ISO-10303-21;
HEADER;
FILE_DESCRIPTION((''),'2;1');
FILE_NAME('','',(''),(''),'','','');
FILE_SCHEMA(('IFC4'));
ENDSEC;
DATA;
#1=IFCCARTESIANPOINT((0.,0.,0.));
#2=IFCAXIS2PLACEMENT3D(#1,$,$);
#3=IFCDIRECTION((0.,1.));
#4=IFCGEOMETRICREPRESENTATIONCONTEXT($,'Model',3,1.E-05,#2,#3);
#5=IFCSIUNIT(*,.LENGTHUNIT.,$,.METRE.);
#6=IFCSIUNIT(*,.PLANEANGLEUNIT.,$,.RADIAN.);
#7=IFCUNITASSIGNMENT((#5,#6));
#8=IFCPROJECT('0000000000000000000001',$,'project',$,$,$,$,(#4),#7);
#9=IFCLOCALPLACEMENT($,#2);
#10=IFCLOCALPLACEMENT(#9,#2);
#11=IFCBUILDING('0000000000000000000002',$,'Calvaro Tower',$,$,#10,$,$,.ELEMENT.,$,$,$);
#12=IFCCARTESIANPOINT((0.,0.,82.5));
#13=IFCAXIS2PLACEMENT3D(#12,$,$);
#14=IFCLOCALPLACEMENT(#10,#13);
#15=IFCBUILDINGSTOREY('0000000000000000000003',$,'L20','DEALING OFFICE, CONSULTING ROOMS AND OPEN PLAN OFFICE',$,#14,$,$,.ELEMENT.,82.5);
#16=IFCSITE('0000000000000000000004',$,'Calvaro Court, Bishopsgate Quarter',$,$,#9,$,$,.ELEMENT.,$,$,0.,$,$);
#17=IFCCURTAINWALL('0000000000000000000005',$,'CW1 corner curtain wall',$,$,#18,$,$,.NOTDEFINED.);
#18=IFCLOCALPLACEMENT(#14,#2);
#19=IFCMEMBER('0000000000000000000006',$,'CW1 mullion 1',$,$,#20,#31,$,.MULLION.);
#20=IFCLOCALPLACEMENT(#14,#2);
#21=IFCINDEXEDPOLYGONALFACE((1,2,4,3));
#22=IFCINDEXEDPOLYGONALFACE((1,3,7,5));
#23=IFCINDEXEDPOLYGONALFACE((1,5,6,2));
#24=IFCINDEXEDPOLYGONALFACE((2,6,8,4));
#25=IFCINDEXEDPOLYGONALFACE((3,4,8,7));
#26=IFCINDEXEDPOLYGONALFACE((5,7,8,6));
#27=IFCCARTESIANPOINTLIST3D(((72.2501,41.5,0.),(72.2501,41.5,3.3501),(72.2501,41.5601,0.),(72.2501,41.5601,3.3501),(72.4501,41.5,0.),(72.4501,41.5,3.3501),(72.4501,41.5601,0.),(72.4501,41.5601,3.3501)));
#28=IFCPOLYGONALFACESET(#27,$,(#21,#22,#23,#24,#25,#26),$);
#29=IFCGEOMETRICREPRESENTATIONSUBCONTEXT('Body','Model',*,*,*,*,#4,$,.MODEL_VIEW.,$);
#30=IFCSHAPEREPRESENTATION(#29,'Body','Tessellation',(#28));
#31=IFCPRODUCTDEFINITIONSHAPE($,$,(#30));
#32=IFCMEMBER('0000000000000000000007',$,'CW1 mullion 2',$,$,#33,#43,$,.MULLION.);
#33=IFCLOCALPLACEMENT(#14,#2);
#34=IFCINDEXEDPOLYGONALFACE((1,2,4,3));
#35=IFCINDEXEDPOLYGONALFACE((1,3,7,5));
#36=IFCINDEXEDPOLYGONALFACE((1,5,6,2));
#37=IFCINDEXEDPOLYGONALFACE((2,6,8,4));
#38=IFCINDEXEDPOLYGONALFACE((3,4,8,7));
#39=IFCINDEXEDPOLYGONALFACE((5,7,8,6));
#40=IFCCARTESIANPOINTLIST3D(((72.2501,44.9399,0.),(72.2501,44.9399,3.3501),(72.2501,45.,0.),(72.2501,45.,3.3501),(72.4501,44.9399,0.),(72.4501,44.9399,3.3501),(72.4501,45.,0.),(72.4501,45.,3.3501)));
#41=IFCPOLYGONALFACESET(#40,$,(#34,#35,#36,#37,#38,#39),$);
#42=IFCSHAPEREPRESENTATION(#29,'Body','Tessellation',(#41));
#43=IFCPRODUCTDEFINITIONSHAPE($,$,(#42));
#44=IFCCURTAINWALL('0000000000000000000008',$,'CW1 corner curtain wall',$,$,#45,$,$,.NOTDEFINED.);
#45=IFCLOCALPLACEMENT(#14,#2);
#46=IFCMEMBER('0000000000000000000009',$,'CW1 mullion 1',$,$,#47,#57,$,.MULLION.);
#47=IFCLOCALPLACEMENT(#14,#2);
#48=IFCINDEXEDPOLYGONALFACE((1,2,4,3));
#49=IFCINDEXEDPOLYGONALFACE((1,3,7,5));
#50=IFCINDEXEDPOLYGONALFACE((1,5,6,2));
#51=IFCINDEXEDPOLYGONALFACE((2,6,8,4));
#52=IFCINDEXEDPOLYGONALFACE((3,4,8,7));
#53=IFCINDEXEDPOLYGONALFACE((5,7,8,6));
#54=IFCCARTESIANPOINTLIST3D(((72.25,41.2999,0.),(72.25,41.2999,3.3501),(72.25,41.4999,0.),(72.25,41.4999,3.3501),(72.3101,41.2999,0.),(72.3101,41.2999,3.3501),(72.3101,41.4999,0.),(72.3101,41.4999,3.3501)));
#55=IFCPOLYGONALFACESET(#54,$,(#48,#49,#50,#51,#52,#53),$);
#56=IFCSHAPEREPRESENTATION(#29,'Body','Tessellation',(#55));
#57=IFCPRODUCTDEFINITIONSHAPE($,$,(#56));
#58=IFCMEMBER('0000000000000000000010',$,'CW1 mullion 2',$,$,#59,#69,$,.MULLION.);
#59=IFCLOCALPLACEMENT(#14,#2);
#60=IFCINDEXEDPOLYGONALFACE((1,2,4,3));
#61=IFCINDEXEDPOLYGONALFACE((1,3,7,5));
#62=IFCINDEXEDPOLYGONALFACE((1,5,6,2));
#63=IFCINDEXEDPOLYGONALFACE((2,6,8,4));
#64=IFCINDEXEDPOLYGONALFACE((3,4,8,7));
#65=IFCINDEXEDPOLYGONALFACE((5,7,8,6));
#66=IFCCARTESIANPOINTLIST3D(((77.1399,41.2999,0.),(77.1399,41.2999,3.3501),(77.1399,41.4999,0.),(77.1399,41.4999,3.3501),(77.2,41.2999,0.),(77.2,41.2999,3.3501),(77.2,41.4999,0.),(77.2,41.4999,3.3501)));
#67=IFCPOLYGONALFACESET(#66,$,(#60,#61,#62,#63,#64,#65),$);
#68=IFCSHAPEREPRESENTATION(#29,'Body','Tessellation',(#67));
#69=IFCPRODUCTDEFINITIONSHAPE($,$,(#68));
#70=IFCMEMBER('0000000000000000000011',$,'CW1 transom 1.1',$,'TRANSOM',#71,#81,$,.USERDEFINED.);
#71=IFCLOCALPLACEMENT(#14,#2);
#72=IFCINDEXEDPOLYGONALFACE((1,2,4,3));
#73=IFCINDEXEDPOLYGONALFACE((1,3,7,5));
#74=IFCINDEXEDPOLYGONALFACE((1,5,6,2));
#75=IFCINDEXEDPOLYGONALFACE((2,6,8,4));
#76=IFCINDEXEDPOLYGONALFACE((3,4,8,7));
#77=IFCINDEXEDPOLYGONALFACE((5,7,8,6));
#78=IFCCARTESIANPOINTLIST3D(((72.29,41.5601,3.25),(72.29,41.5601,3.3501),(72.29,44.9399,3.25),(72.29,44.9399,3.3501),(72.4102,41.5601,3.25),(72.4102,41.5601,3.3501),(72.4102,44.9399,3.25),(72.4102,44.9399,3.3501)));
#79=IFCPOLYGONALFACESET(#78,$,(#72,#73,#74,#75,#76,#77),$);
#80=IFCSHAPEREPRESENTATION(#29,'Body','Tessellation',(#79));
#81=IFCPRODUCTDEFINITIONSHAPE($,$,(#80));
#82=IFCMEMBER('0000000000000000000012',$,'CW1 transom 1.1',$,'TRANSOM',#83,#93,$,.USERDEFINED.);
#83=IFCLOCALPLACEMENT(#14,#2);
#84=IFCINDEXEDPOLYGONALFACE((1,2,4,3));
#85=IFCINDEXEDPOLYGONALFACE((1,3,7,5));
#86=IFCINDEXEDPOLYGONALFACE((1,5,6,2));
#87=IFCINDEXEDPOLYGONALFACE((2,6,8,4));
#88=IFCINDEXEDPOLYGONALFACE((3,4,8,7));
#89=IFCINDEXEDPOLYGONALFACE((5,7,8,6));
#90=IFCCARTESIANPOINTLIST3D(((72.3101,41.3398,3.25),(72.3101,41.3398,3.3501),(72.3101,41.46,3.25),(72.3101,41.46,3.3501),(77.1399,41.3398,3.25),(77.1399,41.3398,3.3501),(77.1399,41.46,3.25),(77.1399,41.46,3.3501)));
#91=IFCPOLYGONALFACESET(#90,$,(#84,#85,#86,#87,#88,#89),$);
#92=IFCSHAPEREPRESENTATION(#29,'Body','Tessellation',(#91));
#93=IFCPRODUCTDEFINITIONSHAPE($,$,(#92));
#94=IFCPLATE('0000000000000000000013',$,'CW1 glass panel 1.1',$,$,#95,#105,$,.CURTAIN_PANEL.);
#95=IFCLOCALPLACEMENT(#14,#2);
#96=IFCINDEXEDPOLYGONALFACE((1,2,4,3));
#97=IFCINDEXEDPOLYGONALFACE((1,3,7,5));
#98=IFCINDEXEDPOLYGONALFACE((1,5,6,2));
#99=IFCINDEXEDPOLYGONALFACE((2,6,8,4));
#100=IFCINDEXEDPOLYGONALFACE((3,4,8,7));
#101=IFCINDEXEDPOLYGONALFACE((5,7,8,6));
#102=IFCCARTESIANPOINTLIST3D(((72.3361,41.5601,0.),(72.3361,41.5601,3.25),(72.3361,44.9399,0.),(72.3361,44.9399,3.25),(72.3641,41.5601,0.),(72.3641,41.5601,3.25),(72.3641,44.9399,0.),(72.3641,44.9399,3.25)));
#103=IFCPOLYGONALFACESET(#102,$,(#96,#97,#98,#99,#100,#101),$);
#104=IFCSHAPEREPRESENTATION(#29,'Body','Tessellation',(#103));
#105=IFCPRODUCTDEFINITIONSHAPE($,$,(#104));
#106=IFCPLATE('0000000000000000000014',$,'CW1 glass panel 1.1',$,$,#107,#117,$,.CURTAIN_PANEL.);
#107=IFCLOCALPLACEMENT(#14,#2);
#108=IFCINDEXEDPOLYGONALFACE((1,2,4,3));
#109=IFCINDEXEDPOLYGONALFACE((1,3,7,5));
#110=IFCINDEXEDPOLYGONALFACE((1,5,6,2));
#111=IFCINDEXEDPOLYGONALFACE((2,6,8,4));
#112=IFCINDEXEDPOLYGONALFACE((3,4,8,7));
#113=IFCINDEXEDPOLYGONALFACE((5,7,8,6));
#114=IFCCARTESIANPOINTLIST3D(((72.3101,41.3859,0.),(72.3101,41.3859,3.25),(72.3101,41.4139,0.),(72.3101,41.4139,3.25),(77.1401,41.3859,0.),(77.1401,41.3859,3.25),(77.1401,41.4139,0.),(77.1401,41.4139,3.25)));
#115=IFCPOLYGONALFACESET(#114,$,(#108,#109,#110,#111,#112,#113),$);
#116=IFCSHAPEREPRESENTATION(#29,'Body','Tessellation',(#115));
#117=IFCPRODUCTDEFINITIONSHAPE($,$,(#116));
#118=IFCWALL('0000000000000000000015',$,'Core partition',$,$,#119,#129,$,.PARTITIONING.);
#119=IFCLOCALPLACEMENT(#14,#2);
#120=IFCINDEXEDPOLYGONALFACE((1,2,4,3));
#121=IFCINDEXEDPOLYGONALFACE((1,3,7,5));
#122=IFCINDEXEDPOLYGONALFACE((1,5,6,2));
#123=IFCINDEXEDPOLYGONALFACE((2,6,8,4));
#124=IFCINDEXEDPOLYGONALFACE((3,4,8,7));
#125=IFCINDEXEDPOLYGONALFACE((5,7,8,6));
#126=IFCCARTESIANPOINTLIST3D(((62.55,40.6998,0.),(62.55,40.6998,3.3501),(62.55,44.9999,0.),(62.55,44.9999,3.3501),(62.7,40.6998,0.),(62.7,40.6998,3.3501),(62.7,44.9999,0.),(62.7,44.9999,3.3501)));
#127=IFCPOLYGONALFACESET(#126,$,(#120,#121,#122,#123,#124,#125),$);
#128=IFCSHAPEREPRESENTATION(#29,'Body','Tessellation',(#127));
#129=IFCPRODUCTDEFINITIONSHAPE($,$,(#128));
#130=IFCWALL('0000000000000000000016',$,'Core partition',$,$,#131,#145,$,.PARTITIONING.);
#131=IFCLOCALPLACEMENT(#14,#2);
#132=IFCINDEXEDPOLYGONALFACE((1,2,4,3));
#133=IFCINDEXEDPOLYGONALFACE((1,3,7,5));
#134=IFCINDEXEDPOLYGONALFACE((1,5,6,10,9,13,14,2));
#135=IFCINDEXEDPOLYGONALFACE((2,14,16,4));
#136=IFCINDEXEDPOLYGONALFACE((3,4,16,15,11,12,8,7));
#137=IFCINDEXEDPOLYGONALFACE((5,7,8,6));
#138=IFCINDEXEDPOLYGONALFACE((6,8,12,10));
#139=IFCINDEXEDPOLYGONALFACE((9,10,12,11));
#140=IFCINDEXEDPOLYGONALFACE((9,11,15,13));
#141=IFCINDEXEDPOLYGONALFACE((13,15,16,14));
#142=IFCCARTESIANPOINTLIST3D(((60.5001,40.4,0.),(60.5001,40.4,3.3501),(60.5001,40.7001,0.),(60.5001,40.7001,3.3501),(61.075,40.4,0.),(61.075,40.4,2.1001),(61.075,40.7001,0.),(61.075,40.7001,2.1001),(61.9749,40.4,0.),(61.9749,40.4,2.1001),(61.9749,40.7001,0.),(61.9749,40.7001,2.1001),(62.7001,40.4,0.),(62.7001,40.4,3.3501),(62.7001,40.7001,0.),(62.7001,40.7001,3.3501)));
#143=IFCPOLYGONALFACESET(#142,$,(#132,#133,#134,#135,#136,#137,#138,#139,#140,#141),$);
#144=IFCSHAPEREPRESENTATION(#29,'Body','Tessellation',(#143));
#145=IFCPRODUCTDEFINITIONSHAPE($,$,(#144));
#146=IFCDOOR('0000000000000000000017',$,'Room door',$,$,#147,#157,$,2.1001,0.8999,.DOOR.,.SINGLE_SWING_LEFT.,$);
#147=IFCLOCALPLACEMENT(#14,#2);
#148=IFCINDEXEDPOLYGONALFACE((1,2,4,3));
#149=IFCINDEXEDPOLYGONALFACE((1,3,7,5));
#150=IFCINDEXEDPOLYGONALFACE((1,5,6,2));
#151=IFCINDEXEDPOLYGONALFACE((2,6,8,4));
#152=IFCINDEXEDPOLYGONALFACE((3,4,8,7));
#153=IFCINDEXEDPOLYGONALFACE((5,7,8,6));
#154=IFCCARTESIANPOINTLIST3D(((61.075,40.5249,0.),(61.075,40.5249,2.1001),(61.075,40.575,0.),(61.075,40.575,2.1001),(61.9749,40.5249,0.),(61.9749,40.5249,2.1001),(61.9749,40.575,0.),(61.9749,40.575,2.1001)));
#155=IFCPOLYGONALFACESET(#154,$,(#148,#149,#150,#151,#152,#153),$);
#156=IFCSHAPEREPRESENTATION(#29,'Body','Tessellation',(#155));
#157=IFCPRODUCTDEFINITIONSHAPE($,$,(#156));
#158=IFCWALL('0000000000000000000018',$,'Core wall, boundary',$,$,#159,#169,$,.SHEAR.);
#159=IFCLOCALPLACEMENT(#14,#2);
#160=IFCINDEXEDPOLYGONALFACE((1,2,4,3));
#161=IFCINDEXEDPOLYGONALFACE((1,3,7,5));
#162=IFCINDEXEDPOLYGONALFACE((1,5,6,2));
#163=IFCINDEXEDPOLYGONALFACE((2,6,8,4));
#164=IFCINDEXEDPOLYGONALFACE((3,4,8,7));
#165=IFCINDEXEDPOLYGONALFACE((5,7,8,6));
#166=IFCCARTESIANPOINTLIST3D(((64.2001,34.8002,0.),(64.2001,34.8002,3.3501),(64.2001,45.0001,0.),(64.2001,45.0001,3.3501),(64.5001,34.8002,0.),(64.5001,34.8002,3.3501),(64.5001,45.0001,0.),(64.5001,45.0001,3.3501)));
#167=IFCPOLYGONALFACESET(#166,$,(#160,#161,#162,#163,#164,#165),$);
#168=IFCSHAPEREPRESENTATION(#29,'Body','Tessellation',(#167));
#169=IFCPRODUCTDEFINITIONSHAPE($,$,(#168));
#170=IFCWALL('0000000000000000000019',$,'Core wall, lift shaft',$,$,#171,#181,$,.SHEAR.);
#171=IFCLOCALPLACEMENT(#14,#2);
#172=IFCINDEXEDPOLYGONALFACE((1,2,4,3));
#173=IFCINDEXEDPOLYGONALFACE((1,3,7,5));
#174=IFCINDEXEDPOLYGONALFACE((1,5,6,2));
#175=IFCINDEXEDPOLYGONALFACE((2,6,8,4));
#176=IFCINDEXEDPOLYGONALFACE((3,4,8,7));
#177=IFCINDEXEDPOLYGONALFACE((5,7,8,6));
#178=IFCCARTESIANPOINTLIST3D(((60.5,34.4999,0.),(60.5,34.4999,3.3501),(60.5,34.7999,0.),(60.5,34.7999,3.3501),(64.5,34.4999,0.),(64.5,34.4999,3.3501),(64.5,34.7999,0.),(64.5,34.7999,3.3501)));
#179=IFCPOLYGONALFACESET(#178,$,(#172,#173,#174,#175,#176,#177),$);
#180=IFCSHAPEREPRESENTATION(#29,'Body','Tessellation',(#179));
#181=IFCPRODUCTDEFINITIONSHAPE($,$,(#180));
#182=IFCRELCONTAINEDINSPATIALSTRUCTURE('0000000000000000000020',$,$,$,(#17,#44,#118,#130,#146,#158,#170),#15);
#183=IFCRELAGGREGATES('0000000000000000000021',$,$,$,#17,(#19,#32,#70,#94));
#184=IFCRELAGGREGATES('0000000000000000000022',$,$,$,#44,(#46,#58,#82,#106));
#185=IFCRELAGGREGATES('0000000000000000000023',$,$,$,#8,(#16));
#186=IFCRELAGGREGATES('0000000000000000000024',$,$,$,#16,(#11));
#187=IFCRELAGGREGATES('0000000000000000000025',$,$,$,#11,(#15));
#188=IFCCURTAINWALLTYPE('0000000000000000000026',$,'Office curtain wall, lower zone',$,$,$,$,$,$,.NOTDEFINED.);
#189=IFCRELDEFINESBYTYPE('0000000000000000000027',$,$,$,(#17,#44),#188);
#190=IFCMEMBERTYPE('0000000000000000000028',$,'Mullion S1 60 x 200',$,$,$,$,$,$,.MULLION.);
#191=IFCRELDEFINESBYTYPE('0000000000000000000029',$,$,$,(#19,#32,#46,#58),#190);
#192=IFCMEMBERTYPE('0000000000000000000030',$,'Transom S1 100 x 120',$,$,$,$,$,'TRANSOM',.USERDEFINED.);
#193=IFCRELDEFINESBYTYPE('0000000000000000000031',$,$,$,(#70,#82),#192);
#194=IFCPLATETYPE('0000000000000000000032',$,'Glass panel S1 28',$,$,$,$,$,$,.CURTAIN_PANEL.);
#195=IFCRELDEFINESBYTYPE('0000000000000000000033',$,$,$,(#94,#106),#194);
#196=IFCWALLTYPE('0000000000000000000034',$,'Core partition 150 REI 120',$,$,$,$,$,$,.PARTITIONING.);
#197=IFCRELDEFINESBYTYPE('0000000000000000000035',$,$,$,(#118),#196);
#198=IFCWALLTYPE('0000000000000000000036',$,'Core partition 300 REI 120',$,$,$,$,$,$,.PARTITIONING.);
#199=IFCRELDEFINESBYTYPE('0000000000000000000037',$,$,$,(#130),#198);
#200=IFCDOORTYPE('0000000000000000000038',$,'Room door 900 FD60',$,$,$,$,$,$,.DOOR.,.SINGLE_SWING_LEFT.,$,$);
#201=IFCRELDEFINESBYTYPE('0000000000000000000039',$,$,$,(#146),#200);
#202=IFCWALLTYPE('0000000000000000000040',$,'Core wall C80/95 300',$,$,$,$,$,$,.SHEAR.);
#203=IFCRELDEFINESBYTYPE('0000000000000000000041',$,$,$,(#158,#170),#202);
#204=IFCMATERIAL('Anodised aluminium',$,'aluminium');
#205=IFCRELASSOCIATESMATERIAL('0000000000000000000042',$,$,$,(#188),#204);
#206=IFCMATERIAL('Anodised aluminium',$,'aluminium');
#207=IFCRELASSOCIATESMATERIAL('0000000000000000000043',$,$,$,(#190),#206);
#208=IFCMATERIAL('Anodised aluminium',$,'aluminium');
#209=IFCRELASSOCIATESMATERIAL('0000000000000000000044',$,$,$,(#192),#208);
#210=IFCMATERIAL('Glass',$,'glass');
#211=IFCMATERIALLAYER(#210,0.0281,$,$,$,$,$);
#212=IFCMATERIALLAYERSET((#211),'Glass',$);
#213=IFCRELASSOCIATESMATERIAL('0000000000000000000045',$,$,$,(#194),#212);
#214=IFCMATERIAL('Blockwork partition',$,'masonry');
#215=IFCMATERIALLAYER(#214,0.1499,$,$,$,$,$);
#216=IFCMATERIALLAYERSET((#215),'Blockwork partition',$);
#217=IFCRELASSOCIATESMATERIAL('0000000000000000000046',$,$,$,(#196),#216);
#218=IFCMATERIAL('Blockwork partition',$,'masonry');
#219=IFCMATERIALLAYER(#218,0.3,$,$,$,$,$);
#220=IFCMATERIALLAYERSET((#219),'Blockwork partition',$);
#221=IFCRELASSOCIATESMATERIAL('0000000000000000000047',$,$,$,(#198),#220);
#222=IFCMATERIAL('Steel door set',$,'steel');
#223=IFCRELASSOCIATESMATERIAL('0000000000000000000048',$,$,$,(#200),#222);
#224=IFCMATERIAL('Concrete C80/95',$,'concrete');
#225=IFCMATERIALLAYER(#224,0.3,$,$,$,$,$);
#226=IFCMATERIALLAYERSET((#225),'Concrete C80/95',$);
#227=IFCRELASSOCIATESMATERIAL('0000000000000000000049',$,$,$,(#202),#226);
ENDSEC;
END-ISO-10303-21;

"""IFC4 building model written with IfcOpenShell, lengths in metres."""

from ifc_helpers import new_model, si_unit, direction, frame, frame_2d, origin, origin_2d, place, context, subcontext, project, spatial, rectangle, extrude, material, layer, layer_set, material_profile, profile_set, type_object, element, fill, aggregate, save


model = new_model("IFC4")

# Units and contexts
model_context = context("Model", 3, precision=1e-05, world=origin(), true_north=direction((0.0, 1.0)))
body_context = subcontext(model_context, "Body", "Model", "MODEL_VIEW")
ifc_project = project(units=[si_unit("LENGTHUNIT", "METRE"), si_unit("PLANEANGLEUNIT", "RADIAN")], contexts=[model_context])

# Site, building, storey
site_placement = place(None, origin())
site = spatial("IfcSite", under=ifc_project, at=site_placement, Name="Calvaro Court, Bishopsgate Quarter", CompositionType="ELEMENT", RefElevation=0.0)
building_placement = place(site_placement, origin())
building = spatial("IfcBuilding", under=site, at=building_placement, Name="Calvaro Tower", CompositionType="ELEMENT")
storey_placement = place(building_placement, frame((0.0, 0.0, 82.5)))
storey = spatial("IfcBuildingStorey", under=building, at=storey_placement, Name="L20", Description="DEALING OFFICE, CONSULTING ROOMS AND OPEN PLAN OFFICE", CompositionType="ELEMENT", Elevation=82.5)

# Curtain walls, members
ifc_material_1 = material(Name="Anodised aluminium", Category="aluminium")
curtain_wall_type = type_object("IfcCurtainWallType", Name="Office curtain wall, lower zone", PredefinedType="NOTDEFINED", material=ifc_material_1)
curtain_wall_1_placement = place(storey_placement, origin())
curtain_wall_1 = element("IfcCurtainWall", 1, at=curtain_wall_1_placement, inside=storey, type_object=curtain_wall_type, Name="CW1 corner curtain wall", PredefinedType="NOTDEFINED")
ifc_material_2 = material(Name="Anodised aluminium", Category="aluminium")
ifc_material_profile_1 = material_profile(ifc_material_2, rectangle(XDim=0.2, YDim=0.0601, at=origin_2d()), Name="Mullion S1 60 x 200")
ifc_profile_set_1 = profile_set([ifc_material_profile_1], Name="Anodised aluminium")
member_type_1 = type_object("IfcMemberType", Name="Mullion S1 60 x 200", PredefinedType="MULLION", material=ifc_profile_set_1)
member_1_placement = place(storey_placement, frame((72.3501, 41.53, 0.0), z_axis=(0.0, 0.0, 1.0), x_axis=(-1.0, 0.0, 0.0)))
member_1 = element("IfcMember", 2, at=member_1_placement, type_object=member_type_1, Name="CW1 mullion 1", PredefinedType="MULLION", context=body_context, shape_type="SweptSolid", body=[
    extrude(rectangle(XDim=0.2, YDim=0.0601, at=origin_2d()), origin(), (0.0, 0.0, 1.0), 3.3501),
])
member_2_placement = place(storey_placement, frame((72.3501, 44.97, 0.0), z_axis=(0.0, 0.0, 1.0), x_axis=(-1.0, 0.0, 0.0)))
member_2 = element("IfcMember", 3, at=member_2_placement, type_object=member_type_1, Name="CW1 mullion 2", PredefinedType="MULLION", context=body_context, shape_type="SweptSolid", body=[
    extrude(rectangle(XDim=0.2, YDim=0.0601, at=origin_2d()), origin(), (0.0, 0.0, 1.0), 3.3501),
])
curtain_wall_2_placement = place(storey_placement, origin())
curtain_wall_2 = element("IfcCurtainWall", 4, at=curtain_wall_2_placement, inside=storey, type_object=curtain_wall_type, Name="CW1 corner curtain wall", PredefinedType="NOTDEFINED")
member_3_placement = place(storey_placement, frame((72.28, 41.3999, 0.0), z_axis=(0.0, 0.0, 1.0), x_axis=(0.0, 1.0, 0.0)))
member_3 = element("IfcMember", 5, at=member_3_placement, type_object=member_type_1, Name="CW1 mullion 1", PredefinedType="MULLION", context=body_context, shape_type="SweptSolid", body=[
    extrude(rectangle(XDim=0.2, YDim=0.0601, at=origin_2d()), origin(), (0.0, 0.0, 1.0), 3.3501),
])
member_4_placement = place(storey_placement, frame((77.1699, 41.3999, 0.0), z_axis=(0.0, 0.0, 1.0), x_axis=(0.0, 1.0, 0.0)))
member_4 = element("IfcMember", 6, at=member_4_placement, type_object=member_type_1, Name="CW1 mullion 2", PredefinedType="MULLION", context=body_context, shape_type="SweptSolid", body=[
    extrude(rectangle(XDim=0.2, YDim=0.0601, at=origin_2d()), origin(), (0.0, 0.0, 1.0), 3.3501),
])

# Members
ifc_material_3 = material(Name="Anodised aluminium", Category="aluminium")
ifc_material_profile_2 = material_profile(ifc_material_3, rectangle(XDim=0.1201, YDim=0.1001, at=origin_2d()), Name="Transom S1 100 x 120")
ifc_profile_set_2 = profile_set([ifc_material_profile_2], Name="Anodised aluminium")
member_type_2 = type_object("IfcMemberType", Name="Transom S1 100 x 120", ElementType="TRANSOM", PredefinedType="USERDEFINED", material=ifc_profile_set_2)
member_5_placement = place(storey_placement, frame((72.3501, 41.5601, 3.3), z_axis=(0.0, 1.0, 0.0), x_axis=(-1.0, 0.0, 0.0)))
member_5 = element("IfcMember", 7, at=member_5_placement, type_object=member_type_2, Name="CW1 transom 1.1", ObjectType="TRANSOM", PredefinedType="USERDEFINED", context=body_context, shape_type="SweptSolid", body=[
    extrude(rectangle(XDim=0.1201, YDim=0.1001, at=origin_2d()), origin(), (0.0, 0.0, 1.0), 3.3799),
])
member_6_placement = place(storey_placement, frame((72.3101, 41.3999, 3.3), z_axis=(1.0, 0.0, 0.0), x_axis=(0.0, 1.0, 0.0)))
member_6 = element("IfcMember", 8, at=member_6_placement, type_object=member_type_2, Name="CW1 transom 1.1", ObjectType="TRANSOM", PredefinedType="USERDEFINED", context=body_context, shape_type="SweptSolid", body=[
    extrude(rectangle(XDim=0.1201, YDim=0.1001, at=origin_2d()), origin(), (0.0, 0.0, 1.0), 4.8298),
])

# Plates
ifc_material_4 = material(Name="Glass", Category="glass")
ifc_layer_1 = layer(ifc_material_4, 0.0281)
ifc_layer_set_1 = layer_set([ifc_layer_1], Name="Glass")
plate_type = type_object("IfcPlateType", Name="Glass panel S1 28", PredefinedType="CURTAIN_PANEL", material=ifc_layer_set_1)
plate_1_placement = place(storey_placement, frame((72.3501, 43.25, 0.0), z_axis=(0.0, 0.0, 1.0), x_axis=(0.0, 1.0, 0.0)))
plate_1 = element("IfcPlate", 9, at=plate_1_placement, type_object=plate_type, Name="CW1 glass panel 1.1", PredefinedType="CURTAIN_PANEL", context=body_context, shape_type="SweptSolid", body=[
    extrude(rectangle(XDim=3.3799, YDim=0.0281, at=origin_2d()), origin(), (0.0, 0.0, 1.0), 3.25),
])
aggregate(curtain_wall_1, [member_1, member_2, member_5, plate_1])
plate_2_placement = place(storey_placement, frame((74.7251, 41.3999, 0.0), z_axis=(0.0, 0.0, 1.0), x_axis=(1.0, 0.0, 0.0)))
plate_2 = element("IfcPlate", 10, at=plate_2_placement, type_object=plate_type, Name="CW1 glass panel 1.1", PredefinedType="CURTAIN_PANEL", context=body_context, shape_type="SweptSolid", body=[
    extrude(rectangle(XDim=4.8301, YDim=0.0281, at=origin_2d()), origin(), (0.0, 0.0, 1.0), 3.25),
])
aggregate(curtain_wall_2, [member_3, member_4, member_6, plate_2])

# Wall
ifc_material_5 = material(Name="Blockwork partition", Category="masonry")
ifc_layer_2 = layer(ifc_material_5, 0.1499)
ifc_layer_set_2 = layer_set([ifc_layer_2], Name="Blockwork partition")
wall_type_1 = type_object("IfcWallType", Name="Core partition 150 REI 120", PredefinedType="PARTITIONING", material=ifc_layer_set_2)
wall_1_placement = place(storey_placement, frame((62.625, 40.7, 0.0), z_axis=(0.0, 0.0, 1.0), x_axis=(0.0, 1.0, 0.0)))
element("IfcWall", 11, at=wall_1_placement, inside=storey, type_object=wall_type_1, Name="Core partition", PredefinedType="PARTITIONING", context=body_context, shape_type="SweptSolid", body=[
    extrude(rectangle(XDim=4.3, YDim=0.1499, at=frame_2d((2.1499, 0.0))), origin(), (0.0, 0.0, 1.0), 3.3501),
])

# Wall, opening, door
ifc_material_6 = material(Name="Blockwork partition", Category="masonry")
ifc_layer_3 = layer(ifc_material_6, 0.3)
ifc_layer_set_3 = layer_set([ifc_layer_3], Name="Blockwork partition")
wall_type_2 = type_object("IfcWallType", Name="Core partition 300 REI 120", PredefinedType="PARTITIONING", material=ifc_layer_set_3)
wall_2_placement = place(storey_placement, frame((60.5, 40.55, 0.0), z_axis=(0.0, 0.0, 1.0), x_axis=(1.0, 0.0, 0.0)))
wall_2 = element("IfcWall", 12, at=wall_2_placement, inside=storey, type_object=wall_type_2, Name="Core partition", PredefinedType="PARTITIONING", context=body_context, shape_type="SweptSolid", body=[
    extrude(rectangle(XDim=2.2, YDim=0.3, at=frame_2d((1.1001, 0.0))), origin(), (0.0, 0.0, 1.0), 3.3501),
])
opening_1_placement = place(wall_2_placement, frame((0.575, 0.0, 0.0)))
opening_1 = element("IfcOpeningElement", 13, at=opening_1_placement, cuts=wall_2, PredefinedType="OPENING", context=body_context, shape_type="SweptSolid", body=[
    extrude(rectangle(XDim=0.8999, YDim=2.1001, at=frame_2d((0.45, 1.05))), frame((0.0, 0.1599, 0.0), z_axis=(0.0, -1.0, 0.0), x_axis=(1.0, 0.0, 0.0)), (0.0, 0.0, 1.0), 0.3201),
])
ifc_material_7 = material(Name="Steel door set", Category="steel")
door_type_1 = type_object("IfcDoorType", Name="Room door 900 FD60", OperationType="SINGLE_SWING_LEFT", PredefinedType="DOOR", material=ifc_material_7)
door_1_placement = place(opening_1_placement, origin())
door_1 = element("IfcDoor", 14, at=door_1_placement, inside=storey, type_object=door_type_1, Name="Room door", OperationType="SINGLE_SWING_LEFT", OverallHeight=2.1001, OverallWidth=0.8999, PredefinedType="DOOR", context=body_context, shape_type="SweptSolid", body=[
    extrude(rectangle(XDim=0.8999, YDim=2.1001, at=frame_2d((0.45, 1.05))), frame((0.0, 0.0249, 0.0), z_axis=(0.0, -1.0, 0.0), x_axis=(1.0, 0.0, 0.0)), (0.0, 0.0, 1.0), 0.05),
])
fill(opening_1, door_1)

# Walls
ifc_material_8 = material(Name="Concrete C80/95", Category="concrete")
ifc_layer_4 = layer(ifc_material_8, 0.3)
ifc_layer_set_4 = layer_set([ifc_layer_4], Name="Concrete C80/95")
wall_type_3 = type_object("IfcWallType", Name="Core wall C80/95 300", PredefinedType="SHEAR", material=ifc_layer_set_4)
wall_3_placement = place(storey_placement, frame((64.3501, 34.8, 0.0), z_axis=(0.0, 0.0, 1.0), x_axis=(0.0, 1.0, 0.0)))
element("IfcWall", 15, at=wall_3_placement, inside=storey, type_object=wall_type_3, Name="Core wall, boundary", PredefinedType="SHEAR", context=body_context, shape_type="SweptSolid", body=[
    extrude(rectangle(XDim=10.2, YDim=0.3, at=frame_2d((5.1001, 0.0))), origin(), (0.0, 0.0, 1.0), 3.3501),
])
wall_4_placement = place(storey_placement, frame((60.5, 34.6499, 0.0), z_axis=(0.0, 0.0, 1.0), x_axis=(1.0, 0.0, 0.0)))
element("IfcWall", 16, at=wall_4_placement, inside=storey, type_object=wall_type_3, Name="Core wall, lift shaft", PredefinedType="SHEAR", context=body_context, shape_type="SweptSolid", body=[
    extrude(rectangle(XDim=4.0, YDim=0.3, at=frame_2d((2.0, 0.0))), origin(), (0.0, 0.0, 1.0), 3.3501),
])

save(model, "model.ifc")
